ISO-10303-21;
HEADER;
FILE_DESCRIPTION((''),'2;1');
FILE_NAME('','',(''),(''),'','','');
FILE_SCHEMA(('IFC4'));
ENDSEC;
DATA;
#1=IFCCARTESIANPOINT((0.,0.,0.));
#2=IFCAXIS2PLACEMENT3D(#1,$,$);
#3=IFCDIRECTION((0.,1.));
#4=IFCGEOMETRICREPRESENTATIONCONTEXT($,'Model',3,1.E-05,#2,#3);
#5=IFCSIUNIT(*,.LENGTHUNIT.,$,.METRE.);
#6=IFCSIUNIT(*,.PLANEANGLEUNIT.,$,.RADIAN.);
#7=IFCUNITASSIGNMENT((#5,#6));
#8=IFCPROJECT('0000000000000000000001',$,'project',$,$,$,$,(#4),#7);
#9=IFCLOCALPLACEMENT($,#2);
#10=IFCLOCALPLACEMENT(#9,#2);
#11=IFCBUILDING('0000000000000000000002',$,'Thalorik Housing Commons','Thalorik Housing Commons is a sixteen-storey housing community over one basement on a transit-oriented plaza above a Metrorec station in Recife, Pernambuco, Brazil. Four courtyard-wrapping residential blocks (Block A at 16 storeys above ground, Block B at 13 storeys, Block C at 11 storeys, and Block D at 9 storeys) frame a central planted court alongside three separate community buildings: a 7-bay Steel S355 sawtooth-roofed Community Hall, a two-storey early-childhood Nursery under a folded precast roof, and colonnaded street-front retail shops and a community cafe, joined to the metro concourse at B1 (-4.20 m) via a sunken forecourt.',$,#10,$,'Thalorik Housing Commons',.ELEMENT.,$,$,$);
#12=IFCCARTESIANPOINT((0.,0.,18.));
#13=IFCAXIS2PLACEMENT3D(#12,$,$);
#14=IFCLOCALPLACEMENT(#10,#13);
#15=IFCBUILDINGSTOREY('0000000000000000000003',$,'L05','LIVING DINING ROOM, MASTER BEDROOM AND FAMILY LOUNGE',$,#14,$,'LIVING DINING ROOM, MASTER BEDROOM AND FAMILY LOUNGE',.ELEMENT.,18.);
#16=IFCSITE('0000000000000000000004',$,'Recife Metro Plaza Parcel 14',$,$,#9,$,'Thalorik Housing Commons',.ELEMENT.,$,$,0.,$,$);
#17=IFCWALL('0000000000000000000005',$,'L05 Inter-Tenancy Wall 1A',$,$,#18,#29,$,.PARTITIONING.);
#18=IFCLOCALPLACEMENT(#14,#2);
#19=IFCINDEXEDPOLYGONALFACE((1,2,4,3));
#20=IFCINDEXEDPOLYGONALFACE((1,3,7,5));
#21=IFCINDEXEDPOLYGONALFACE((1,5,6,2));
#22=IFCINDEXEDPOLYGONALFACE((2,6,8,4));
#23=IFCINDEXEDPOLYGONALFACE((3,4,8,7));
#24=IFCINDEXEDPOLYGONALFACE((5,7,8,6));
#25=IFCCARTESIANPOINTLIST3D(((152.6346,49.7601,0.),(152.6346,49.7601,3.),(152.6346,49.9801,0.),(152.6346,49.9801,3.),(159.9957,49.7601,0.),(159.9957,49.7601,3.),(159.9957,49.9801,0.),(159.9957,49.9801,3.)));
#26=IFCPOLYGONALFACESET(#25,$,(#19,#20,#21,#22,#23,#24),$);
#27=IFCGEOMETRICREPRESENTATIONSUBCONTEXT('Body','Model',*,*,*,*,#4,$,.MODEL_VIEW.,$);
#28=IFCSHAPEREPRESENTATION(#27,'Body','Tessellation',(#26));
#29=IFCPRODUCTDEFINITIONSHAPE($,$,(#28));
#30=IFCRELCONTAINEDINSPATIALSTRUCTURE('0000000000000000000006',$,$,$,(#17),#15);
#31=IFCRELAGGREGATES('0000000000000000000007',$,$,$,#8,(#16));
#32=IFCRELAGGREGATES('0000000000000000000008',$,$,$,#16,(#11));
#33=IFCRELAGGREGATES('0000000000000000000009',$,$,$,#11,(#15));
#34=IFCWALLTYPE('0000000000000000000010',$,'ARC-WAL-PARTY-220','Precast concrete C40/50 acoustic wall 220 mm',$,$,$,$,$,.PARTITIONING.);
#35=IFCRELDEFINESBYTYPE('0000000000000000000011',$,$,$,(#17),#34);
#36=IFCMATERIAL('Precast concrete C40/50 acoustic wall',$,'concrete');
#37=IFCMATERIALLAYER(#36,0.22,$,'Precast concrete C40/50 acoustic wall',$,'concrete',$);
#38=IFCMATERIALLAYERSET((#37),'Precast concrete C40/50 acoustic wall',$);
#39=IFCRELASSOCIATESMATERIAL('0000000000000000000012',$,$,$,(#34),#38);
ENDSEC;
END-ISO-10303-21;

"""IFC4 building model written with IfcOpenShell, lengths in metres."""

from ifc_helpers import new_model, si_unit, direction, frame, frame_2d, origin, place, context, subcontext, project, spatial, rectangle, extrude, material, layer, layer_set, type_object, element, save


model = new_model("IFC4")

# Units and contexts
model_context = context("Model", 3, precision=1e-05, world=origin(), true_north=direction((0.0, 1.0)))
body_context = subcontext(model_context, "Body", "Model", "MODEL_VIEW")
ifc_project = project(units=[si_unit("LENGTHUNIT", "METRE"), si_unit("PLANEANGLEUNIT", "RADIAN")], contexts=[model_context])

# Site, building, storey
site_placement = place(None, origin())
site = spatial("IfcSite", under=ifc_project, at=site_placement, Name="Recife Metro Plaza Parcel 14", LongName="Thalorik Housing Commons", CompositionType="ELEMENT", RefElevation=0.0)
building_placement = place(site_placement, origin())
building = spatial("IfcBuilding", under=site, at=building_placement, Name="Thalorik Housing Commons", Description="Thalorik Housing Commons is a sixteen-storey housing community over one basement on a transit-oriented plaza above a Metrorec station in Recife, Pernambuco, Brazil. Four courtyard-wrapping residential blocks (Block A at 16 storeys above ground, Block B at 13 storeys, Block C at 11 storeys, and Block D at 9 storeys) frame a central planted court alongside three separate community buildings: a 7-bay Steel S355 sawtooth-roofed Community Hall, a two-storey early-childhood Nursery under a folded precast roof, and colonnaded street-front retail shops and a community cafe, joined to the metro concourse at B1 (-4.20 m) via a sunken forecourt.", LongName="Thalorik Housing Commons", CompositionType="ELEMENT")
storey_placement = place(building_placement, frame((0.0, 0.0, 18.0)))
storey = spatial("IfcBuildingStorey", under=building, at=storey_placement, Name="L05", Description="LIVING DINING ROOM, MASTER BEDROOM AND FAMILY LOUNGE", LongName="LIVING DINING ROOM, MASTER BEDROOM AND FAMILY LOUNGE", CompositionType="ELEMENT", Elevation=18.0)

# Wall
ifc_material_1 = material(Name="Precast concrete C40/50 acoustic wall", Category="concrete")
ifc_layer_1 = layer(ifc_material_1, 0.22, Name="Precast concrete C40/50 acoustic wall", Category="concrete")
ifc_layer_set_1 = layer_set([ifc_layer_1], Name="Precast concrete C40/50 acoustic wall")
wall_type_1 = type_object("IfcWallType", Name="ARC-WAL-PARTY-220", Description="Precast concrete C40/50 acoustic wall 220 mm", PredefinedType="PARTITIONING", material=ifc_layer_set_1)
wall_1_placement = place(storey_placement, frame((152.6345, 49.8701, 0.0), z_axis=(0.0, 0.0, 1.0), x_axis=(1.0, 0.0, 0.0)))
element("IfcWall", 1, at=wall_1_placement, inside=storey, type_object=wall_type_1, Name="L05 Inter-Tenancy Wall 1A", PredefinedType="PARTITIONING", context=body_context, shape_type="SweptSolid", body=[
    extrude(rectangle(XDim=7.3611, YDim=0.22, at=frame_2d((3.6807, 0.0))), origin(), (0.0, 0.0, 1.0), 3.0),
])

save(model, "model.ifc")
